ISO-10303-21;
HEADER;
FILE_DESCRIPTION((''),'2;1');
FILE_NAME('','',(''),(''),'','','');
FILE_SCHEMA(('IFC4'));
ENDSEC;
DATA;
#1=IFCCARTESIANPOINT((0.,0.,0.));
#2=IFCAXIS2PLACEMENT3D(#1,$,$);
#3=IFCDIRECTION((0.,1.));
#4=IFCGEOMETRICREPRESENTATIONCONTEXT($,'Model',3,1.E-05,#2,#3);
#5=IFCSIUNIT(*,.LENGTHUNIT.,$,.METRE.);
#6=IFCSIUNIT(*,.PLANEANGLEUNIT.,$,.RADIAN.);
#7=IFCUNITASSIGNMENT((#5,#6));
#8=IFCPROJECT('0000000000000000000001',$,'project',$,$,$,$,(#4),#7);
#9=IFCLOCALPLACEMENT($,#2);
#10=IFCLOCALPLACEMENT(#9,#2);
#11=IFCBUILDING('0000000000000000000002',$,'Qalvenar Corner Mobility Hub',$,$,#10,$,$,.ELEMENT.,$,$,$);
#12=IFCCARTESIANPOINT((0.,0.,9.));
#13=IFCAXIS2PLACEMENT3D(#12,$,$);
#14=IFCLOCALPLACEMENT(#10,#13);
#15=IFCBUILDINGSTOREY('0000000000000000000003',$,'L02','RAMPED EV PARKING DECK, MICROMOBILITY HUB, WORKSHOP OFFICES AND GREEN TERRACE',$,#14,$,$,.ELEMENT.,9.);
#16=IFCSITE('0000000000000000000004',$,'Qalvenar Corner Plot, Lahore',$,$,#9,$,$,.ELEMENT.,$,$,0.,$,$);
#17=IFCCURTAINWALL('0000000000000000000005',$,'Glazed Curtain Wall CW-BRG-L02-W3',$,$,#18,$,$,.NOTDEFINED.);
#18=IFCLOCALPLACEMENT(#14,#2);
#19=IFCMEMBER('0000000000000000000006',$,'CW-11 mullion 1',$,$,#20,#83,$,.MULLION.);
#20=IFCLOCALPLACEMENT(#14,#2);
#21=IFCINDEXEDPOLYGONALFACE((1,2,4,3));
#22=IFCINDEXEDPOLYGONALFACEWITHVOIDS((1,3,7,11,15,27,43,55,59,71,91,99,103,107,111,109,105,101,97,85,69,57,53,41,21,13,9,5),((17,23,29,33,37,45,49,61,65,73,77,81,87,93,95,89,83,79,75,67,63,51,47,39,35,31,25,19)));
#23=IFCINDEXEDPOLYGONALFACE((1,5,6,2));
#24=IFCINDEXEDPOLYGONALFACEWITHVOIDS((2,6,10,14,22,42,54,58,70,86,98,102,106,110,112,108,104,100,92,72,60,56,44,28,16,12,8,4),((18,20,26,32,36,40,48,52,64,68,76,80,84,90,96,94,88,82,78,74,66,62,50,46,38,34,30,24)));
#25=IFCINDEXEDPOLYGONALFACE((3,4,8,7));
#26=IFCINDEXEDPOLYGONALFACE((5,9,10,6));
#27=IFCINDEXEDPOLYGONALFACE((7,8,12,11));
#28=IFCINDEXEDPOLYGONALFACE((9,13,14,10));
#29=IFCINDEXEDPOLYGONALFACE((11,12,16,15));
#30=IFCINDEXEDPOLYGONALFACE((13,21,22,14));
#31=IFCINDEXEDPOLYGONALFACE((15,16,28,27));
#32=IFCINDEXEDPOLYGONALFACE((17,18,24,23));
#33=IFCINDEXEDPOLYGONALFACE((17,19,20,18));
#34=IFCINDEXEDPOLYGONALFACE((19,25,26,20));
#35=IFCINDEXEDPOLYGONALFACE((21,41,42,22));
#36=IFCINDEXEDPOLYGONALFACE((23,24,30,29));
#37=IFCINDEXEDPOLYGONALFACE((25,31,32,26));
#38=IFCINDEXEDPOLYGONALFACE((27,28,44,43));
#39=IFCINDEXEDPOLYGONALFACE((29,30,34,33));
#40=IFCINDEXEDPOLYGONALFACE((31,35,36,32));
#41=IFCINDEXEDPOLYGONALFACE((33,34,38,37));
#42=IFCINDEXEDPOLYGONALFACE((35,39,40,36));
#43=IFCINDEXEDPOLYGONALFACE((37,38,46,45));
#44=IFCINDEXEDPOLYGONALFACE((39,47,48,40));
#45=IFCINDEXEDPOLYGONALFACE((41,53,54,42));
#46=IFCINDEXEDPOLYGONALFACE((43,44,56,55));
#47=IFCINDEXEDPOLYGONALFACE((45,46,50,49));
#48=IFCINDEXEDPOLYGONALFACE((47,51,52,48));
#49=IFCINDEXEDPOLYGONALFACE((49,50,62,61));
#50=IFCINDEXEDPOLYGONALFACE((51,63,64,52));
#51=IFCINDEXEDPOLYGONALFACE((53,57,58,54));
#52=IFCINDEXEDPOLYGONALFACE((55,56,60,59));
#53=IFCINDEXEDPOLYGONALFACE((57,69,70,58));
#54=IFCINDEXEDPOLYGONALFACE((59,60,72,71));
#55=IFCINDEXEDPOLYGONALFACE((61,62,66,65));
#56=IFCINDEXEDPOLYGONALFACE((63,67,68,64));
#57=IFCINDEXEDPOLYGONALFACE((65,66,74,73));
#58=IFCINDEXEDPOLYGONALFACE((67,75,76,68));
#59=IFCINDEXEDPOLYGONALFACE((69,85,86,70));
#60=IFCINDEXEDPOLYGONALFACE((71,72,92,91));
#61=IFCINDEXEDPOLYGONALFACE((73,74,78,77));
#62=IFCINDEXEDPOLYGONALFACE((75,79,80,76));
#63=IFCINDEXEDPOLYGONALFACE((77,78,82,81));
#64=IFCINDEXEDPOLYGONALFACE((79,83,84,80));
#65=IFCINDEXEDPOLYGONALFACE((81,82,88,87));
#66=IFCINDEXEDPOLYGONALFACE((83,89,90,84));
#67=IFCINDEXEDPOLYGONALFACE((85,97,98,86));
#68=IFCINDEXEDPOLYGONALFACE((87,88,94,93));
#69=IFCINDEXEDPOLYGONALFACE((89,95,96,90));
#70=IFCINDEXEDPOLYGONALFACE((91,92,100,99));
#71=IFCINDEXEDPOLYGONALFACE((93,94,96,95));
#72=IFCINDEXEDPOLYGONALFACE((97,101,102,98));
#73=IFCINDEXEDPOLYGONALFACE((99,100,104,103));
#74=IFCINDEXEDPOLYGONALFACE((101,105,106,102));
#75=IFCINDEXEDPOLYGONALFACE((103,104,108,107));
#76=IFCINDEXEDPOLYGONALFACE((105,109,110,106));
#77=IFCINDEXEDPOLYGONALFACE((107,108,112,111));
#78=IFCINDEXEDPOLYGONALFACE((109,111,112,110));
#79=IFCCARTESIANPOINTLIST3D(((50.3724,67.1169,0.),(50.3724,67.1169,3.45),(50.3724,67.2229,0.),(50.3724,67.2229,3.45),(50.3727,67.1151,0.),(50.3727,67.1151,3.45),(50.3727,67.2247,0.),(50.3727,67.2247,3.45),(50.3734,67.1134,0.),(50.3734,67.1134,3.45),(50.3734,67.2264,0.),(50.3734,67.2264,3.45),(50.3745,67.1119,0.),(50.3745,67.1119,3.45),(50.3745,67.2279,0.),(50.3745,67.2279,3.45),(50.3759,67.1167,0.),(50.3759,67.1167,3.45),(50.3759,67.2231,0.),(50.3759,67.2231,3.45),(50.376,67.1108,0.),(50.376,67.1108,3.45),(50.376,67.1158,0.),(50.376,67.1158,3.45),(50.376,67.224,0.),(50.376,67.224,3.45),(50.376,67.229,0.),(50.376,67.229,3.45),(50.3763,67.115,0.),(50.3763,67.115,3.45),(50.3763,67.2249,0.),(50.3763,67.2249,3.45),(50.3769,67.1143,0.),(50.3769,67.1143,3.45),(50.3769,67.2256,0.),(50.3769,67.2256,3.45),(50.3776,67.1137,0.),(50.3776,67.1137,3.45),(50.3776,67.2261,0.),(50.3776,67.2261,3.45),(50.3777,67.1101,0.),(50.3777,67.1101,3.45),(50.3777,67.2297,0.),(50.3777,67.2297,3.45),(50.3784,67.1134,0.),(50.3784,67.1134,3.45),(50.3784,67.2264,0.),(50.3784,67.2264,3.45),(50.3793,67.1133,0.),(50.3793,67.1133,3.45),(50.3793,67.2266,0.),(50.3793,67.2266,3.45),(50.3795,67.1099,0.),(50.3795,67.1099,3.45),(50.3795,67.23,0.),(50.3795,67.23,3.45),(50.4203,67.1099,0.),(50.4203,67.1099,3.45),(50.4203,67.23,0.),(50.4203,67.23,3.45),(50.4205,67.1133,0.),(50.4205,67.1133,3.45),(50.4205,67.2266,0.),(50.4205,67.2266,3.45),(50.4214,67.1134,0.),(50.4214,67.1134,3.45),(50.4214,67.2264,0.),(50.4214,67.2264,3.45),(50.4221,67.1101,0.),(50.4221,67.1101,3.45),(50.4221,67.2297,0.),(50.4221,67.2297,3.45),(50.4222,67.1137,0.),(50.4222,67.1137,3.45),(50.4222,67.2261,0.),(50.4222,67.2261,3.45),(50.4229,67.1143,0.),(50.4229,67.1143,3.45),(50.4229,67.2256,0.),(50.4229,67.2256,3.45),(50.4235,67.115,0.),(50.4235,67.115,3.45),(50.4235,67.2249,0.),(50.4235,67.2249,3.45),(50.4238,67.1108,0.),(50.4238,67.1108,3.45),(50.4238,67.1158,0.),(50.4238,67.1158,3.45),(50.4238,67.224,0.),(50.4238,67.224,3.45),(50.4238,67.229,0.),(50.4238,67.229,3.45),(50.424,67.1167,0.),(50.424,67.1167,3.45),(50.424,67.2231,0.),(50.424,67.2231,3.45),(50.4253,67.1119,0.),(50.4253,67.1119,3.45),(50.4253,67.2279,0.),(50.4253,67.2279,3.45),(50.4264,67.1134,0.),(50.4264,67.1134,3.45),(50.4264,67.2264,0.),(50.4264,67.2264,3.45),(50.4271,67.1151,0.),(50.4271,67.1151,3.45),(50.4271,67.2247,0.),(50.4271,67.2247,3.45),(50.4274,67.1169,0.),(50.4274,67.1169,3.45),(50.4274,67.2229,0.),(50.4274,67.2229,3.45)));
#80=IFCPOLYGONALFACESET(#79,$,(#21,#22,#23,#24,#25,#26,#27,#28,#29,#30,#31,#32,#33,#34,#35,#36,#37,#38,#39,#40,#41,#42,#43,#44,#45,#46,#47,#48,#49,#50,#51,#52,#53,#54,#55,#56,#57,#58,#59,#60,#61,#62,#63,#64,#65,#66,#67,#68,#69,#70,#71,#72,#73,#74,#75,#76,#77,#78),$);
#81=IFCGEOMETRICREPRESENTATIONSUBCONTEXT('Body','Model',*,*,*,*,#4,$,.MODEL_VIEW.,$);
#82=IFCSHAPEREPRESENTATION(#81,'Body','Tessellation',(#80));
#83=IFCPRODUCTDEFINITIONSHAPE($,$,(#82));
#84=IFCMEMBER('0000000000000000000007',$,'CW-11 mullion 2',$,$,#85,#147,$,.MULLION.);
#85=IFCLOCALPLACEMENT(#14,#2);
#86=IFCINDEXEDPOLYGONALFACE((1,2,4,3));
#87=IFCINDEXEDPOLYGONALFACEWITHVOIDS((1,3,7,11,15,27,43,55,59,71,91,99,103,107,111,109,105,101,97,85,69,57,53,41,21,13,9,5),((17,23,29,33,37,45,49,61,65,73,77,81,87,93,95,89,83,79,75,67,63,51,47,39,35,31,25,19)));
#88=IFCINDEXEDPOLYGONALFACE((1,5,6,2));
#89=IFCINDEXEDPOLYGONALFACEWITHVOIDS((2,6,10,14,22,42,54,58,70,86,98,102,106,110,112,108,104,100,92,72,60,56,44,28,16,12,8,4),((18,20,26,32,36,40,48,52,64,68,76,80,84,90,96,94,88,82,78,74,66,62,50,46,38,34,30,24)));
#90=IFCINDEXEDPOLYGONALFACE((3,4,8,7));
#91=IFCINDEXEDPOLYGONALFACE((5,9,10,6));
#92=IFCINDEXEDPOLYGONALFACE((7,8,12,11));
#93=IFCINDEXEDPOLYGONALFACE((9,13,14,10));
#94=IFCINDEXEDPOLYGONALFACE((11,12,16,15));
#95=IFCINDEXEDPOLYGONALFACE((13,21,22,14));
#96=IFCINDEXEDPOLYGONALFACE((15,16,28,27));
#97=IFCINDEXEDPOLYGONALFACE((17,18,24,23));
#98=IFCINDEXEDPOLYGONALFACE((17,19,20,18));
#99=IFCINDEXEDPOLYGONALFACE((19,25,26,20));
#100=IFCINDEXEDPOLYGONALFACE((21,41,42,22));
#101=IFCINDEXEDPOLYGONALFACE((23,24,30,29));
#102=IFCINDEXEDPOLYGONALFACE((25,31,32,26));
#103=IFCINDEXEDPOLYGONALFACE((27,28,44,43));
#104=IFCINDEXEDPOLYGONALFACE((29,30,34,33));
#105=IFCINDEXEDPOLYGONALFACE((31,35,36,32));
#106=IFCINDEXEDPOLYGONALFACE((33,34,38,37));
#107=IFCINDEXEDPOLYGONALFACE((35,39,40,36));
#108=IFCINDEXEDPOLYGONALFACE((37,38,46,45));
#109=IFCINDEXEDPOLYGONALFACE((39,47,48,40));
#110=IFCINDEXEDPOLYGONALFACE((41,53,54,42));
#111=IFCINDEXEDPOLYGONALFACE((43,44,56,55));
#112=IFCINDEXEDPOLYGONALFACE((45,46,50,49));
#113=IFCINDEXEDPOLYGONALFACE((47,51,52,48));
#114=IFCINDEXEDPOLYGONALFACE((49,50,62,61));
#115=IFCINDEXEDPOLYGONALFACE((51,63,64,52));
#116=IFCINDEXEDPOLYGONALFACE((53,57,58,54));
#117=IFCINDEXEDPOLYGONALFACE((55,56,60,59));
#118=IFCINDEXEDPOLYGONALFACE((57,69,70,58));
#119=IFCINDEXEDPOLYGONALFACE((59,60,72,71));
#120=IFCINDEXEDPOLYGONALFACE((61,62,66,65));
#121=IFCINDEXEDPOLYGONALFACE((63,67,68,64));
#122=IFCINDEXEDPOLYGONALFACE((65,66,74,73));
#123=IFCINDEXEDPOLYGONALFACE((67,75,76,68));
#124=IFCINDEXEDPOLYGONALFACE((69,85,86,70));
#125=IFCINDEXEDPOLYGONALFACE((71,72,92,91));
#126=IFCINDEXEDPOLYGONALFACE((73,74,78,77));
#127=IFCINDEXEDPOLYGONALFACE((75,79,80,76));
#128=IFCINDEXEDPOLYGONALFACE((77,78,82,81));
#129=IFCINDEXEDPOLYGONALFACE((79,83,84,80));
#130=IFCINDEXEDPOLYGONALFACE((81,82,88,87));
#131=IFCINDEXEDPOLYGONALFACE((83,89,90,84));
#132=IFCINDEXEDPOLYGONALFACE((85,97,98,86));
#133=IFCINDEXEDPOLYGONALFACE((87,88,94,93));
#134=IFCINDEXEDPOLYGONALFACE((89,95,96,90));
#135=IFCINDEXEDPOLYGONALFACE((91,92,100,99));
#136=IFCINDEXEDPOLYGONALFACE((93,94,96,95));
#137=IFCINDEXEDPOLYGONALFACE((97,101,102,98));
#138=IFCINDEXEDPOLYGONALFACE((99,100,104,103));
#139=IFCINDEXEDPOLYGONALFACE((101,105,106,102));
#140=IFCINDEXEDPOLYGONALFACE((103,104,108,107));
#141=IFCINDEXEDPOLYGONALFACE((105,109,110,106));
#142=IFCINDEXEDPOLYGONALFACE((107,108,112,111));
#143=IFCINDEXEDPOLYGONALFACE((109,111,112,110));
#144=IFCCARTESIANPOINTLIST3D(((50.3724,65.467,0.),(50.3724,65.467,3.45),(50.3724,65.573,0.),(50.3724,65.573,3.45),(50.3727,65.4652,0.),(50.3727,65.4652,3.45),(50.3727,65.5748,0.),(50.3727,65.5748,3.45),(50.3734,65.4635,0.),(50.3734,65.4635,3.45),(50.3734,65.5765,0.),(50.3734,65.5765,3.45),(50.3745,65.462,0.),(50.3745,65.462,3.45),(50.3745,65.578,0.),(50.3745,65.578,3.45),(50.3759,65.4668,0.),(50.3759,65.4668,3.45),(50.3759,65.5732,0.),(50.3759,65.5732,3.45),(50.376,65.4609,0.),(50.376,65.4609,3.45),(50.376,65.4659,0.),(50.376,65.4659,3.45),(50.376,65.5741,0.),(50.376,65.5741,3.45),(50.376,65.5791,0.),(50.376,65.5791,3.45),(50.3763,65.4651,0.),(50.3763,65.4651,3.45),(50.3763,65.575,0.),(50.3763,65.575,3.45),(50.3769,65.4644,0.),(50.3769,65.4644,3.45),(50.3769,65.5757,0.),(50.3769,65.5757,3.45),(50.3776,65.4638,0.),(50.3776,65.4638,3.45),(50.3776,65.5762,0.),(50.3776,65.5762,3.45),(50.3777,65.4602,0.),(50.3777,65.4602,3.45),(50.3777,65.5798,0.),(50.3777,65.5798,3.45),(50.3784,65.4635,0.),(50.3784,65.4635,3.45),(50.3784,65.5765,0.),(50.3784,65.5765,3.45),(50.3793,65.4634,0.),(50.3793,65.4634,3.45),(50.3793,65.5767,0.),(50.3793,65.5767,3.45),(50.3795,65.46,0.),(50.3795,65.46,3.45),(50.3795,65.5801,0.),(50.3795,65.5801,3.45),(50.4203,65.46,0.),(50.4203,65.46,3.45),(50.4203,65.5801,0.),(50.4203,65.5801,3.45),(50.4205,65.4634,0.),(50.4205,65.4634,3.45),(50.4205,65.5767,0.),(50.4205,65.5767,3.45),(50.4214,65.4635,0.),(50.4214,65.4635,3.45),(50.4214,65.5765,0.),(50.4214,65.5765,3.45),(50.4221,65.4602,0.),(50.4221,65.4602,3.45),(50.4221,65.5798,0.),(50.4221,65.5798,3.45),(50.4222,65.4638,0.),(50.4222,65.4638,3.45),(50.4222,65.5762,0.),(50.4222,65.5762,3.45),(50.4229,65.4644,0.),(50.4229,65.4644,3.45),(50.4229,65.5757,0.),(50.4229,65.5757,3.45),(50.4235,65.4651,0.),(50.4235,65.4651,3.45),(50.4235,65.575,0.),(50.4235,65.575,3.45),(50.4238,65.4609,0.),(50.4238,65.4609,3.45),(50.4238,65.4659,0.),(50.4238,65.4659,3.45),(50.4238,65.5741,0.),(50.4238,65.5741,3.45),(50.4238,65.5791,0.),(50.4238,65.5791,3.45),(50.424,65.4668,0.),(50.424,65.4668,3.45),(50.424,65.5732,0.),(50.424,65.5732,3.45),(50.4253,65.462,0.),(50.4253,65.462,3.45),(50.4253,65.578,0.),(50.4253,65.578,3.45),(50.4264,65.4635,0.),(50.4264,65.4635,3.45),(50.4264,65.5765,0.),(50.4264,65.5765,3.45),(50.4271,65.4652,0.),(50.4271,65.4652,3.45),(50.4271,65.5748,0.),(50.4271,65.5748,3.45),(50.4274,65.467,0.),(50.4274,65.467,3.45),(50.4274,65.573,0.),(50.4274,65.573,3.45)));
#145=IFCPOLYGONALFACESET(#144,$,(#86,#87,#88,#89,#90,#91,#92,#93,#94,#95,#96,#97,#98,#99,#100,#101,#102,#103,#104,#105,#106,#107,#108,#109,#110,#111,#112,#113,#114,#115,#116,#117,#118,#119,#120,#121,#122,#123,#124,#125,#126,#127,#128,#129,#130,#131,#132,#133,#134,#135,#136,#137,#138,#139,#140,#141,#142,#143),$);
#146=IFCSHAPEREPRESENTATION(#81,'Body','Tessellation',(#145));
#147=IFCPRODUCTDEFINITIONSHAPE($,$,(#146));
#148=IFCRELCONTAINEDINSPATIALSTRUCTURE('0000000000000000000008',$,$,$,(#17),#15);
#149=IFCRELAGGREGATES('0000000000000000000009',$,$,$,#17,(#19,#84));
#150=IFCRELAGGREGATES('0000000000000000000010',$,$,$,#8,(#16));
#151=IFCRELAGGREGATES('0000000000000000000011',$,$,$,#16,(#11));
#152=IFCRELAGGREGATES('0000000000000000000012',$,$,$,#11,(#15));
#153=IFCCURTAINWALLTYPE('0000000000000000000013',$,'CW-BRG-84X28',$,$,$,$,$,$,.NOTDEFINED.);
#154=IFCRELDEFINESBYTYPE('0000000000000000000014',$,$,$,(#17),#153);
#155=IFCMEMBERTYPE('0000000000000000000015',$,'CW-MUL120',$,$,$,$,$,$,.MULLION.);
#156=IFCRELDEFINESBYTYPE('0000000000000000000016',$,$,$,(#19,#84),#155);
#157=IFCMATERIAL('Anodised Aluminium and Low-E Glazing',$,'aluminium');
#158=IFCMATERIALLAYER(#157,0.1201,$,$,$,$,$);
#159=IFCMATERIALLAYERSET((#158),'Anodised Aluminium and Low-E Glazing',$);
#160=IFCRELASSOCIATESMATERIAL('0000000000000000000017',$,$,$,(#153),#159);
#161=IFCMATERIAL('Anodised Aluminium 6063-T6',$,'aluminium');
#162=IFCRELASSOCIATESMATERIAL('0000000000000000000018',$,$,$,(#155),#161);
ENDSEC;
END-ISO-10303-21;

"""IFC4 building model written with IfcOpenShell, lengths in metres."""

from ifc_helpers import new_model, si_unit, direction, frame, origin, origin_2d, place, context, subcontext, project, spatial, hollow_rectangle, extrude, material, layer, layer_set, material_profile, profile_set, type_object, element, aggregate, save


model = new_model("IFC4")

# Units and contexts
model_context = context("Model", 3, precision=1e-05, world=origin(), true_north=direction((0.0, 1.0)))
body_context = subcontext(model_context, "Body", "Model", "MODEL_VIEW")
ifc_project = project(units=[si_unit("LENGTHUNIT", "METRE"), si_unit("PLANEANGLEUNIT", "RADIAN")], contexts=[model_context])

# Site, building, storey
site_placement = place(None, origin())
site = spatial("IfcSite", under=ifc_project, at=site_placement, Name="Qalvenar Corner Plot, Lahore", CompositionType="ELEMENT", RefElevation=0.0)
building_placement = place(site_placement, origin())
building = spatial("IfcBuilding", under=site, at=building_placement, Name="Qalvenar Corner Mobility Hub", CompositionType="ELEMENT")
storey_placement = place(building_placement, frame((0.0, 0.0, 9.0)))
storey = spatial("IfcBuildingStorey", under=building, at=storey_placement, Name="L02", Description="RAMPED EV PARKING DECK, MICROMOBILITY HUB, WORKSHOP OFFICES AND GREEN TERRACE", CompositionType="ELEMENT", Elevation=9.0)

# Curtain wall, members
ifc_material_1 = material(Name="Anodised Aluminium and Low-E Glazing", Category="aluminium")
ifc_layer_1 = layer(ifc_material_1, 0.1201)
ifc_layer_set_1 = layer_set([ifc_layer_1], Name="Anodised Aluminium and Low-E Glazing")
curtain_wall_type = type_object("IfcCurtainWallType", Name="CW-BRG-84X28", PredefinedType="NOTDEFINED", material=ifc_layer_set_1)
curtain_wall_placement = place(storey_placement, origin())
curtain_wall = element("IfcCurtainWall", 1, at=curtain_wall_placement, inside=storey, type_object=curtain_wall_type, Name="Glazed Curtain Wall CW-BRG-L02-W3", PredefinedType="NOTDEFINED")
ifc_material_2 = material(Name="Anodised Aluminium 6063-T6", Category="aluminium")
ifc_material_profile_1 = material_profile(ifc_material_2, hollow_rectangle(XDim=0.0549, YDim=0.1201, WallThickness=0.0034, InnerFilletRadius=0.0034, OuterFilletRadius=0.0071, at=origin_2d()), Name="RHS120x55x3.5")
ifc_profile_set_1 = profile_set([ifc_material_profile_1], Name="Anodised Aluminium 6063-T6")
member_type_1 = type_object("IfcMemberType", Name="CW-MUL120", PredefinedType="MULLION", material=ifc_profile_set_1)
member_1_placement = place(storey_placement, frame((50.3999, 67.1699, 0.0), z_axis=(0.0, 0.0, 1.0), x_axis=(1.0, 0.0, 0.0)))
member_1 = element("IfcMember", 2, at=member_1_placement, type_object=member_type_1, Name="CW-11 mullion 1", PredefinedType="MULLION", context=body_context, shape_type="SweptSolid", body=[
    extrude(hollow_rectangle(XDim=0.0549, YDim=0.1201, WallThickness=0.0034, InnerFilletRadius=0.0034, OuterFilletRadius=0.0071, at=origin_2d()), origin(), (0.0, 0.0, 1.0), 3.45),
])
member_2_placement = place(storey_placement, frame((50.3999, 65.52, 0.0), z_axis=(0.0, 0.0, 1.0), x_axis=(1.0, 0.0, 0.0)))
member_2 = element("IfcMember", 3, at=member_2_placement, type_object=member_type_1, Name="CW-11 mullion 2", PredefinedType="MULLION", context=body_context, shape_type="SweptSolid", body=[
    extrude(hollow_rectangle(XDim=0.0549, YDim=0.1201, WallThickness=0.0034, InnerFilletRadius=0.0034, OuterFilletRadius=0.0071, at=origin_2d()), origin(), (0.0, 0.0, 1.0), 3.45),
])
aggregate(curtain_wall, [member_1, member_2])

save(model, "model.ifc")
